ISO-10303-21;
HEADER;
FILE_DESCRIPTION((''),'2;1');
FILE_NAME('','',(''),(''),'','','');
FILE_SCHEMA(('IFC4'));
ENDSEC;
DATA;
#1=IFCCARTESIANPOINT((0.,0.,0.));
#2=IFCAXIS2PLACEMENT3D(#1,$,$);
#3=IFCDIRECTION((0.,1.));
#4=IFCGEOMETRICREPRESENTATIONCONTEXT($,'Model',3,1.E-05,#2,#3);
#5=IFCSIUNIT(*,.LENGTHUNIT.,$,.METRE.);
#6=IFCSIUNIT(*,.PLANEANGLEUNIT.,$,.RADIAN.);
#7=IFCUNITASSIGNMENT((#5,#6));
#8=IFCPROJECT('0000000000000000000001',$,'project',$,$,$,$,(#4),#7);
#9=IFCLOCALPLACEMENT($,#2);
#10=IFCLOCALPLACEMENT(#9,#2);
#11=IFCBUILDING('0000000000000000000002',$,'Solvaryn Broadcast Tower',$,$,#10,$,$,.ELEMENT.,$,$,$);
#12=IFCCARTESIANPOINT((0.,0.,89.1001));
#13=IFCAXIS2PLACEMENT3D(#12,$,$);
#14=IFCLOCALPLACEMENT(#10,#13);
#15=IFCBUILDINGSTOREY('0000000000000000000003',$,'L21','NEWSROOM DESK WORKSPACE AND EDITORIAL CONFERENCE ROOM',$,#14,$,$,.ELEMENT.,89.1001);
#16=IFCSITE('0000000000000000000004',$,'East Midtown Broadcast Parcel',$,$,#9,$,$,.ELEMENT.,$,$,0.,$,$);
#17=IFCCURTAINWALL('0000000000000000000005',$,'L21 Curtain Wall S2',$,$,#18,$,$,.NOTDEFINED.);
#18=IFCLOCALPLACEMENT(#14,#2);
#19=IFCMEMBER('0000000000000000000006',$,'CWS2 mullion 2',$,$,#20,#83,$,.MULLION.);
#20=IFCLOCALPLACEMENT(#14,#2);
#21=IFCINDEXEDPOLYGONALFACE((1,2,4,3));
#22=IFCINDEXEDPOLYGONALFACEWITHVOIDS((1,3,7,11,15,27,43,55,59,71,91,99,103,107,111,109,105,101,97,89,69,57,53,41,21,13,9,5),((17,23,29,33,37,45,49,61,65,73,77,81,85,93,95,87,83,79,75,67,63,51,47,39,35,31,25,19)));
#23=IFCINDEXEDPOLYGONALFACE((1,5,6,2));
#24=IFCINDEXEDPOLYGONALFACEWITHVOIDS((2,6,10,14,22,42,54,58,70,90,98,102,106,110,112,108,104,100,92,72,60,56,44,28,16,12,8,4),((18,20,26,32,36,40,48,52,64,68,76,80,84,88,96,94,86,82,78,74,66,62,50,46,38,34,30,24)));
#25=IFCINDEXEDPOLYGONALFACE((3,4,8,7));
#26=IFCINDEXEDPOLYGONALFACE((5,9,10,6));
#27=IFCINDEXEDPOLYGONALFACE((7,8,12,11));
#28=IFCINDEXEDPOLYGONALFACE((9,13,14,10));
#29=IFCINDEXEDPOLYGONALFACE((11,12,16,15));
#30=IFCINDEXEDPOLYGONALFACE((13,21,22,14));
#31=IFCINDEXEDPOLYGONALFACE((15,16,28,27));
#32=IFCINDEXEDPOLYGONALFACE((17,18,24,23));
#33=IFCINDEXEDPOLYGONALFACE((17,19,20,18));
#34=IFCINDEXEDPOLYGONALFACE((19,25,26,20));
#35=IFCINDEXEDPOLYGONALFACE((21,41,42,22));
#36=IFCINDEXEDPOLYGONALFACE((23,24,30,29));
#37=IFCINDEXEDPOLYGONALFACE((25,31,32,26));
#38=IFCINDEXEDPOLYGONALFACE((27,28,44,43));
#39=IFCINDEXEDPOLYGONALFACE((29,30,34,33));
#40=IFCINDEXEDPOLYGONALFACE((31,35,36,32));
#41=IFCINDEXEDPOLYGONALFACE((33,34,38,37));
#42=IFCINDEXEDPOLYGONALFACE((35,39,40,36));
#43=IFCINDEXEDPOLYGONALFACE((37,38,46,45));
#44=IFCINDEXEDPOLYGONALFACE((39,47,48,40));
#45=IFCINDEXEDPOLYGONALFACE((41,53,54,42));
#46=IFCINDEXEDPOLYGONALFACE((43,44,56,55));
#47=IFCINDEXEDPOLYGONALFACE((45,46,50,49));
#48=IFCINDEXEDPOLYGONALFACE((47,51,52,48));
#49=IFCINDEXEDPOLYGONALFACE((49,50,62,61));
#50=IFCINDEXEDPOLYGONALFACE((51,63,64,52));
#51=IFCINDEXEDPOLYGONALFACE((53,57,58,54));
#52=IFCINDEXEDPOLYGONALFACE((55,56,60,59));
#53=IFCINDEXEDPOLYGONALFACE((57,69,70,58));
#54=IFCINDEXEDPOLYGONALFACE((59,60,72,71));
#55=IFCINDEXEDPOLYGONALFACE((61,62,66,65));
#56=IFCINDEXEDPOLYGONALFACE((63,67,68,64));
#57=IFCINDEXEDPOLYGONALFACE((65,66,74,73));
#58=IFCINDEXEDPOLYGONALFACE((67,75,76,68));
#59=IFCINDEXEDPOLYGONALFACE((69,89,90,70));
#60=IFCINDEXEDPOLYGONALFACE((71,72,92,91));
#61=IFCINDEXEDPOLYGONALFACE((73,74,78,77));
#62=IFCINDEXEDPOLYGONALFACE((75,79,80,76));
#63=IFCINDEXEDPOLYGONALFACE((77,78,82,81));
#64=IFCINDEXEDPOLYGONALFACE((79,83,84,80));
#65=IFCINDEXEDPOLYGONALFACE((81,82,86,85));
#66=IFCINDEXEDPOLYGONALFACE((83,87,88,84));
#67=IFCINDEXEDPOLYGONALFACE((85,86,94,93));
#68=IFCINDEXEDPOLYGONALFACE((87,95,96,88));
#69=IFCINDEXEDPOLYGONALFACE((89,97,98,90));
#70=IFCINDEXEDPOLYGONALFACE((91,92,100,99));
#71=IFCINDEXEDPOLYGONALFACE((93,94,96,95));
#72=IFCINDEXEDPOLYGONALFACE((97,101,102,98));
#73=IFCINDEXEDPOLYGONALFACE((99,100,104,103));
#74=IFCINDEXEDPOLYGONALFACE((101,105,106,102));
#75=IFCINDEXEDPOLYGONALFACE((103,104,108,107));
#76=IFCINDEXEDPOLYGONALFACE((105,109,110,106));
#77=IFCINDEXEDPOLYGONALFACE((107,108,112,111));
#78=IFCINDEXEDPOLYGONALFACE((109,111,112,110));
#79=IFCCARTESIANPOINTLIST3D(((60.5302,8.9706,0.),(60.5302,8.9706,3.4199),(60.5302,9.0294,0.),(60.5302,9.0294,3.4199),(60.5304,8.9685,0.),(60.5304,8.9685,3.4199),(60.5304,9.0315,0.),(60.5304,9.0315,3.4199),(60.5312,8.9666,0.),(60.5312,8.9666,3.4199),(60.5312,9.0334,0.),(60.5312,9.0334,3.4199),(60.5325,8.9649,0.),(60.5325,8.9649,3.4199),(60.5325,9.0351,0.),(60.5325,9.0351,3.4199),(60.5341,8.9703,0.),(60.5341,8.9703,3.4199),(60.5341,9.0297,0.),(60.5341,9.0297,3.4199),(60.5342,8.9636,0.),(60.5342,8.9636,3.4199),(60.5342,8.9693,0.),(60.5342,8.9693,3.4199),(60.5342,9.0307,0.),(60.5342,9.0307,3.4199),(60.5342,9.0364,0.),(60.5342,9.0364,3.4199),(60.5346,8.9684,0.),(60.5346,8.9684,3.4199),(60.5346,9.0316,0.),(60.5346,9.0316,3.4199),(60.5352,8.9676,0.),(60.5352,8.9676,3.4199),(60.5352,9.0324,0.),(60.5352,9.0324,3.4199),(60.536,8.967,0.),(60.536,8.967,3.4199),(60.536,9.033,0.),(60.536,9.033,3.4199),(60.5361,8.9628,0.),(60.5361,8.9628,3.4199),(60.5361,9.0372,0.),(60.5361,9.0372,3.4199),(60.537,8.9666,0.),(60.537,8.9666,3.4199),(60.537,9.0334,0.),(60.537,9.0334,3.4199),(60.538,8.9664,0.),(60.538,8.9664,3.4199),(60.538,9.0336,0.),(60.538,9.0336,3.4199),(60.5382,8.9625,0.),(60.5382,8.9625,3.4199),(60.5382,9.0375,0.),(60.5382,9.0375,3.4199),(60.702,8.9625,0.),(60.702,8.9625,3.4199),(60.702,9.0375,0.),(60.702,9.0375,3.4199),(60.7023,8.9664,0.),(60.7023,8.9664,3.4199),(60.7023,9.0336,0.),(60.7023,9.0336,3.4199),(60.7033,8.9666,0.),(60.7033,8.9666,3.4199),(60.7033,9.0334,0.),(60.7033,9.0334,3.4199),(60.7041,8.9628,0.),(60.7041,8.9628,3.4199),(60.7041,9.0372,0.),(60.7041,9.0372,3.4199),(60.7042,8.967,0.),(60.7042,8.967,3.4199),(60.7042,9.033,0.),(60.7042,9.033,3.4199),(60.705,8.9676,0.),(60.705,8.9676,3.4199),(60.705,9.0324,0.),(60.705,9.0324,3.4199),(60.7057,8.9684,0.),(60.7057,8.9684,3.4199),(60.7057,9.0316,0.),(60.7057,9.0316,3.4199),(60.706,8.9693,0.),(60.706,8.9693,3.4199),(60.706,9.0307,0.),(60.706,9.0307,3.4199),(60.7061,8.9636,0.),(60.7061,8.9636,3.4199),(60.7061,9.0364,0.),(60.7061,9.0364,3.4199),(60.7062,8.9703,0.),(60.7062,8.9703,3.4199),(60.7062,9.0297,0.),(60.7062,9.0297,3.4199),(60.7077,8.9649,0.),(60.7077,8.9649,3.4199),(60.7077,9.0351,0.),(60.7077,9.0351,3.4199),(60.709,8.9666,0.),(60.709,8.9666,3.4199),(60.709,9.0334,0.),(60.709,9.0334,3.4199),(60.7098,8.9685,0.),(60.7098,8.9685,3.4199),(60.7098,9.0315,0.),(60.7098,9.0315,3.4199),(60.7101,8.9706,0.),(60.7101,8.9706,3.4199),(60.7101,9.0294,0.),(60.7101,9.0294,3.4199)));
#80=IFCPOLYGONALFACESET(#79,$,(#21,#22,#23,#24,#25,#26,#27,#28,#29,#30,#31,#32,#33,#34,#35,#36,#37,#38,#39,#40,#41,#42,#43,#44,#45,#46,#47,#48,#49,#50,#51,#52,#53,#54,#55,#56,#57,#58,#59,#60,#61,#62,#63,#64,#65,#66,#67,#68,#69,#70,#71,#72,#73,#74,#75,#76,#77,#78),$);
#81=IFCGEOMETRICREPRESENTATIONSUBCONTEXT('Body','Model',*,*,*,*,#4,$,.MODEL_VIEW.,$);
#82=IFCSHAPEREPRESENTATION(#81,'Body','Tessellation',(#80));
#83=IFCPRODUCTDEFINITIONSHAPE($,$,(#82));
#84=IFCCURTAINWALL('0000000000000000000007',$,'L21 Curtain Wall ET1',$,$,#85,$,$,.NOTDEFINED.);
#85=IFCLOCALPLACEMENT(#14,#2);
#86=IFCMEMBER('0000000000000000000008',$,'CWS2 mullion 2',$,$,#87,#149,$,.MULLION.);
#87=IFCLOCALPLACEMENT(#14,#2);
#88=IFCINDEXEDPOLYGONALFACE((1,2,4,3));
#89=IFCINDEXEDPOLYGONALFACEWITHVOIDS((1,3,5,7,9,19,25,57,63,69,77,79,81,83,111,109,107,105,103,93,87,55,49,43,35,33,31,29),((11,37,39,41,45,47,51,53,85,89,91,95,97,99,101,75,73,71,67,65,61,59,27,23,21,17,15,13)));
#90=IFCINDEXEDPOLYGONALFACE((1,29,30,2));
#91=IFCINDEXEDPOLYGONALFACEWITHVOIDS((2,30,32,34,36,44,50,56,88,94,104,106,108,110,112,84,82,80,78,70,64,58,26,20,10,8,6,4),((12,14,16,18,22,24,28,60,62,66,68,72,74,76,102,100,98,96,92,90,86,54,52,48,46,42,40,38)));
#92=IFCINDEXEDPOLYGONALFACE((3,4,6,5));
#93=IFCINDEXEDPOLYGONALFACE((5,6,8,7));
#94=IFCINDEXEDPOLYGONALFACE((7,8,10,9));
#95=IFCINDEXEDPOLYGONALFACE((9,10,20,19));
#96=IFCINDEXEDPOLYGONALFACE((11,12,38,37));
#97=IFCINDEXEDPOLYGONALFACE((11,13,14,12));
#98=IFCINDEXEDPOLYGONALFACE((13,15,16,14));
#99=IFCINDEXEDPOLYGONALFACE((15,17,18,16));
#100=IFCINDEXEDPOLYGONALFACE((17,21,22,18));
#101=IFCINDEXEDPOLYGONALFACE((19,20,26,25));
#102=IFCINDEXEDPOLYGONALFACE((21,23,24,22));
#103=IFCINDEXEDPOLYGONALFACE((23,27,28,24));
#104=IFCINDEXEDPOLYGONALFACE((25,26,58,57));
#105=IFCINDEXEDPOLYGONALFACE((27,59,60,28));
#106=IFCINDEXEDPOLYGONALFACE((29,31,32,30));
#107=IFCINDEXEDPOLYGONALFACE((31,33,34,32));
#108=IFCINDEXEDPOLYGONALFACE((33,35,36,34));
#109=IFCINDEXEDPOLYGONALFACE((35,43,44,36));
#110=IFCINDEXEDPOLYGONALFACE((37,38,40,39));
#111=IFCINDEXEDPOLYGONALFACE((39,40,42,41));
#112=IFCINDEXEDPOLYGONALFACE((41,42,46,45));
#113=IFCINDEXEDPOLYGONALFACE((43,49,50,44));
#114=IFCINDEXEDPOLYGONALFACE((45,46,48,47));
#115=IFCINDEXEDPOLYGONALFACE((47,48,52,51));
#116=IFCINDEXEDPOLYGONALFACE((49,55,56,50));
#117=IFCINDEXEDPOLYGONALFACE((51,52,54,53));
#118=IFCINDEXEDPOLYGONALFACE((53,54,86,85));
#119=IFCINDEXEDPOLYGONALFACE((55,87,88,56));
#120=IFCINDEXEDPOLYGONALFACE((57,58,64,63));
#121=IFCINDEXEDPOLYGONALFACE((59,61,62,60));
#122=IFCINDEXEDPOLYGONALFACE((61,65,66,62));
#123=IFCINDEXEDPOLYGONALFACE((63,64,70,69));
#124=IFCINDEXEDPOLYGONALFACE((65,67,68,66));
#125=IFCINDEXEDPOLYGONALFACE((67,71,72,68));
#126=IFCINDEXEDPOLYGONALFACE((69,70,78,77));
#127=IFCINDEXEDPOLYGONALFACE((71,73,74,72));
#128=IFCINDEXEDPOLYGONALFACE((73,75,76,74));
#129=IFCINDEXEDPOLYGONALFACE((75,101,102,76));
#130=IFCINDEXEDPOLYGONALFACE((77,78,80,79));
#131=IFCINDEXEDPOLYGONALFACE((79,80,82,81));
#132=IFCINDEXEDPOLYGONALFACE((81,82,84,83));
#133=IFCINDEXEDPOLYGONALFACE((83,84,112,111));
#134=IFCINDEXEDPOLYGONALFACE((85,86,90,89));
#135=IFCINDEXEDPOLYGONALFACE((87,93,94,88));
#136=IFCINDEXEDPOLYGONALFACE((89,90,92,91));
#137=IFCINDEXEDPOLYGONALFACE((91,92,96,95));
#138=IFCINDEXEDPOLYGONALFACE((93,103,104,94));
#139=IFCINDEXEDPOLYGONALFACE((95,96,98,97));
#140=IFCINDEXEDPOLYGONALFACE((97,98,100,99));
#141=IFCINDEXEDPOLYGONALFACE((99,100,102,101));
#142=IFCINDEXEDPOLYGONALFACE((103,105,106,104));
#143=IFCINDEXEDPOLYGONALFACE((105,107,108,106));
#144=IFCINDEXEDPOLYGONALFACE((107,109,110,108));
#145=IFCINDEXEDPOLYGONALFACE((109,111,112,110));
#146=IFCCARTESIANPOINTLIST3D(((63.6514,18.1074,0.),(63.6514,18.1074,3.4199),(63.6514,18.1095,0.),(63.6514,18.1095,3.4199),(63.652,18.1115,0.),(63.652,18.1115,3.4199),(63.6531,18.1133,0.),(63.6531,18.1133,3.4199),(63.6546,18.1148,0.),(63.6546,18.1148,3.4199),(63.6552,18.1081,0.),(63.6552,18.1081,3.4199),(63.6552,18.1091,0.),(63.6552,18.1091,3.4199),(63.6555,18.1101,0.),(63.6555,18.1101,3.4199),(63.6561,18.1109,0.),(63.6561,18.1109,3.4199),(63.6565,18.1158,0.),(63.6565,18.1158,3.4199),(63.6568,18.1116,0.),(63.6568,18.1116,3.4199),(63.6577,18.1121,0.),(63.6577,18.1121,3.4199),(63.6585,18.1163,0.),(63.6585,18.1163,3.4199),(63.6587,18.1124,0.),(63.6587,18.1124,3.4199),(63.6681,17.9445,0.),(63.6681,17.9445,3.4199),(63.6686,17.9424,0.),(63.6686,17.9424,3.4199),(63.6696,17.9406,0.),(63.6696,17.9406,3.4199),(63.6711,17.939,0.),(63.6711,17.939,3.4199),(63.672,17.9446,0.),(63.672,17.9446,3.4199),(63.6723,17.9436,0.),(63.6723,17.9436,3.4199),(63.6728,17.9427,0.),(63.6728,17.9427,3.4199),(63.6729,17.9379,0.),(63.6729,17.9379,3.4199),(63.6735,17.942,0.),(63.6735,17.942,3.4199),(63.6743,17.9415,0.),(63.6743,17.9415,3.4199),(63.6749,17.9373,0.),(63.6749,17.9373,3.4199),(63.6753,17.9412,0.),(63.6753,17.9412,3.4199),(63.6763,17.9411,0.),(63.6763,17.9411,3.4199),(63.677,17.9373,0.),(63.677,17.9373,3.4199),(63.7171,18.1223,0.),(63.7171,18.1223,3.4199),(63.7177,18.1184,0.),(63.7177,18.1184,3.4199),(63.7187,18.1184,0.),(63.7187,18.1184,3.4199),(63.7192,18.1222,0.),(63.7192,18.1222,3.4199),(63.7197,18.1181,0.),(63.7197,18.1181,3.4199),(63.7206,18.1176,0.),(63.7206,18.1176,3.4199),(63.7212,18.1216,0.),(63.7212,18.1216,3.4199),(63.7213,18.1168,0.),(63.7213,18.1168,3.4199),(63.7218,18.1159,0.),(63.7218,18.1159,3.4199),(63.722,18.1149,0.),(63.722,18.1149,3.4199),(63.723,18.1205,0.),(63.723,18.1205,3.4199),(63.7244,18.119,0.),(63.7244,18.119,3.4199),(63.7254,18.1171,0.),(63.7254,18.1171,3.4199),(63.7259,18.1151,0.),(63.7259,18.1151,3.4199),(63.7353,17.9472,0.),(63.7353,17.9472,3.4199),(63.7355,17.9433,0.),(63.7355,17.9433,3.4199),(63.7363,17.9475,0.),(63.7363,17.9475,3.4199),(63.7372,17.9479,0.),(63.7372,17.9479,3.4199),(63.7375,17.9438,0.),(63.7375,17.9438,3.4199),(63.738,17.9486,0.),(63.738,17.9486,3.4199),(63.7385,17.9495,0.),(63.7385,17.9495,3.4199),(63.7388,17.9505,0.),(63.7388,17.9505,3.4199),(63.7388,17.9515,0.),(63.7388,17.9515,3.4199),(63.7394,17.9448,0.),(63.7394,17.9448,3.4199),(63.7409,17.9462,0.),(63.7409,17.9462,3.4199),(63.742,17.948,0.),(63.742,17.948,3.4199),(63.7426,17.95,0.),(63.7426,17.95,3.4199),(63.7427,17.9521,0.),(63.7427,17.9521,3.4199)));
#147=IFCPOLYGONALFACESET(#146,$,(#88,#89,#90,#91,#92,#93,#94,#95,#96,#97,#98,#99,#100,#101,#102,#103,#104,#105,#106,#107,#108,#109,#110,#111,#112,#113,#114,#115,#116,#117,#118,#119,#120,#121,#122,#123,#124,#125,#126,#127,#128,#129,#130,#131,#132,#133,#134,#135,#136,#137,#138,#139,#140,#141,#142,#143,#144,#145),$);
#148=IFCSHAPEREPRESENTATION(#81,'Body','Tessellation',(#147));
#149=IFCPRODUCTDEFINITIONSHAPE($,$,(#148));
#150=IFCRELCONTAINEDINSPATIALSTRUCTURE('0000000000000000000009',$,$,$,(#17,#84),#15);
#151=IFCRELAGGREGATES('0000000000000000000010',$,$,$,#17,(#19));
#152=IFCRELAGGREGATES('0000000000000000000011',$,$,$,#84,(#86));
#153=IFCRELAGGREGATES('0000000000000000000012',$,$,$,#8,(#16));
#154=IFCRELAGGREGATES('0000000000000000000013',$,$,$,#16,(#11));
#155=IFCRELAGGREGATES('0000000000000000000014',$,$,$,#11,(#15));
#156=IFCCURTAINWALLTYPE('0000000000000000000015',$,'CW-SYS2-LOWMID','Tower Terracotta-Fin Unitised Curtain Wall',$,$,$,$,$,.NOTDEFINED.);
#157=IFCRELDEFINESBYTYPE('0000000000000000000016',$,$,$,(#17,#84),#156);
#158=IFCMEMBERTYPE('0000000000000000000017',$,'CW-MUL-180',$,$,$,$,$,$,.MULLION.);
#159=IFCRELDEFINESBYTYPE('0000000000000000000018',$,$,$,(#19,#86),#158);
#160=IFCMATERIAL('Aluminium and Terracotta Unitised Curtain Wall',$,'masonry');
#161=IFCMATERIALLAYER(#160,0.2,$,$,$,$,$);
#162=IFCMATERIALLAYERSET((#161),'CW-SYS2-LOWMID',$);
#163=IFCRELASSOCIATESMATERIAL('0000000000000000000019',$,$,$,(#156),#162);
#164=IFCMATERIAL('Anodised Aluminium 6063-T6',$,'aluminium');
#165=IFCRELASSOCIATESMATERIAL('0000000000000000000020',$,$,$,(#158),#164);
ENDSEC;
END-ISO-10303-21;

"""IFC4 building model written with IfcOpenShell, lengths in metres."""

from ifc_helpers import new_model, si_unit, direction, frame, origin, origin_2d, place, context, subcontext, project, spatial, hollow_rectangle, extrude, material, layer, layer_set, material_profile, profile_set, type_object, element, aggregate, save


model = new_model("IFC4")

# Units and contexts
model_context = context("Model", 3, precision=1e-05, world=origin(), true_north=direction((0.0, 1.0)))
body_context = subcontext(model_context, "Body", "Model", "MODEL_VIEW")
ifc_project = project(units=[si_unit("LENGTHUNIT", "METRE"), si_unit("PLANEANGLEUNIT", "RADIAN")], contexts=[model_context])

# Site, building, storey
site_placement = place(None, origin())
site = spatial("IfcSite", under=ifc_project, at=site_placement, Name="East Midtown Broadcast Parcel", CompositionType="ELEMENT", RefElevation=0.0)
building_placement = place(site_placement, origin())
building = spatial("IfcBuilding", under=site, at=building_placement, Name="Solvaryn Broadcast Tower", CompositionType="ELEMENT")
storey_placement = place(building_placement, frame((0.0, 0.0, 89.1001)))
storey = spatial("IfcBuildingStorey", under=building, at=storey_placement, Name="L21", Description="NEWSROOM DESK WORKSPACE AND EDITORIAL CONFERENCE ROOM", CompositionType="ELEMENT", Elevation=89.1001)

# Curtain walls, members
ifc_material_1 = material(Name="Aluminium and Terracotta Unitised Curtain Wall", Category="masonry")
ifc_layer_1 = layer(ifc_material_1, 0.2)
ifc_layer_set_1 = layer_set([ifc_layer_1], Name="CW-SYS2-LOWMID")
curtain_wall_type = type_object("IfcCurtainWallType", Name="CW-SYS2-LOWMID", Description="Tower Terracotta-Fin Unitised Curtain Wall", PredefinedType="NOTDEFINED", material=ifc_layer_set_1)
curtain_wall_1_placement = place(storey_placement, origin())
curtain_wall_1 = element("IfcCurtainWall", 1, at=curtain_wall_1_placement, inside=storey, type_object=curtain_wall_type, Name="L21 Curtain Wall S2", PredefinedType="NOTDEFINED")
ifc_material_2 = material(Name="Anodised Aluminium 6063-T6", Category="aluminium")
ifc_material_profile_1 = material_profile(ifc_material_2, hollow_rectangle(XDim=0.075, YDim=0.1799, WallThickness=0.0039, InnerFilletRadius=0.0039, OuterFilletRadius=0.0081, at=origin_2d()))
ifc_profile_set_1 = profile_set([ifc_material_profile_1], Name="Anodised Aluminium 6063-T6")
member_type_1 = type_object("IfcMemberType", Name="CW-MUL-180", PredefinedType="MULLION", material=ifc_profile_set_1)
member_1_placement = place(storey_placement, frame((60.6201, 9.0, 0.0), z_axis=(0.0, 0.0, 1.0), x_axis=(0.0, 1.0, 0.0)))
member_1 = element("IfcMember", 2, at=member_1_placement, type_object=member_type_1, Name="CWS2 mullion 2", PredefinedType="MULLION", context=body_context, shape_type="SweptSolid", body=[
    extrude(hollow_rectangle(XDim=0.075, YDim=0.1799, WallThickness=0.0039, InnerFilletRadius=0.0039, OuterFilletRadius=0.0081, at=origin_2d()), origin(), (0.0, 0.0, 1.0), 3.4199),
])
aggregate(curtain_wall_1, [member_1])
curtain_wall_2_placement = place(storey_placement, origin())
curtain_wall_2 = element("IfcCurtainWall", 3, at=curtain_wall_2_placement, inside=storey, type_object=curtain_wall_type, Name="L21 Curtain Wall ET1", PredefinedType="NOTDEFINED")
member_2_placement = place(storey_placement, frame((63.697, 18.0298, 0.0), z_axis=(0.0, 0.0, 1.0), x_axis=(0.994743, 0.1024, 0.0)))
member_2 = element("IfcMember", 4, at=member_2_placement, type_object=member_type_1, Name="CWS2 mullion 2", PredefinedType="MULLION", context=body_context, shape_type="SweptSolid", body=[
    extrude(hollow_rectangle(XDim=0.075, YDim=0.1799, WallThickness=0.0039, InnerFilletRadius=0.0039, OuterFilletRadius=0.0081, at=origin_2d()), origin(), (0.0, 0.0, 1.0), 3.4199),
])
aggregate(curtain_wall_2, [member_2])

save(model, "model.ifc")
